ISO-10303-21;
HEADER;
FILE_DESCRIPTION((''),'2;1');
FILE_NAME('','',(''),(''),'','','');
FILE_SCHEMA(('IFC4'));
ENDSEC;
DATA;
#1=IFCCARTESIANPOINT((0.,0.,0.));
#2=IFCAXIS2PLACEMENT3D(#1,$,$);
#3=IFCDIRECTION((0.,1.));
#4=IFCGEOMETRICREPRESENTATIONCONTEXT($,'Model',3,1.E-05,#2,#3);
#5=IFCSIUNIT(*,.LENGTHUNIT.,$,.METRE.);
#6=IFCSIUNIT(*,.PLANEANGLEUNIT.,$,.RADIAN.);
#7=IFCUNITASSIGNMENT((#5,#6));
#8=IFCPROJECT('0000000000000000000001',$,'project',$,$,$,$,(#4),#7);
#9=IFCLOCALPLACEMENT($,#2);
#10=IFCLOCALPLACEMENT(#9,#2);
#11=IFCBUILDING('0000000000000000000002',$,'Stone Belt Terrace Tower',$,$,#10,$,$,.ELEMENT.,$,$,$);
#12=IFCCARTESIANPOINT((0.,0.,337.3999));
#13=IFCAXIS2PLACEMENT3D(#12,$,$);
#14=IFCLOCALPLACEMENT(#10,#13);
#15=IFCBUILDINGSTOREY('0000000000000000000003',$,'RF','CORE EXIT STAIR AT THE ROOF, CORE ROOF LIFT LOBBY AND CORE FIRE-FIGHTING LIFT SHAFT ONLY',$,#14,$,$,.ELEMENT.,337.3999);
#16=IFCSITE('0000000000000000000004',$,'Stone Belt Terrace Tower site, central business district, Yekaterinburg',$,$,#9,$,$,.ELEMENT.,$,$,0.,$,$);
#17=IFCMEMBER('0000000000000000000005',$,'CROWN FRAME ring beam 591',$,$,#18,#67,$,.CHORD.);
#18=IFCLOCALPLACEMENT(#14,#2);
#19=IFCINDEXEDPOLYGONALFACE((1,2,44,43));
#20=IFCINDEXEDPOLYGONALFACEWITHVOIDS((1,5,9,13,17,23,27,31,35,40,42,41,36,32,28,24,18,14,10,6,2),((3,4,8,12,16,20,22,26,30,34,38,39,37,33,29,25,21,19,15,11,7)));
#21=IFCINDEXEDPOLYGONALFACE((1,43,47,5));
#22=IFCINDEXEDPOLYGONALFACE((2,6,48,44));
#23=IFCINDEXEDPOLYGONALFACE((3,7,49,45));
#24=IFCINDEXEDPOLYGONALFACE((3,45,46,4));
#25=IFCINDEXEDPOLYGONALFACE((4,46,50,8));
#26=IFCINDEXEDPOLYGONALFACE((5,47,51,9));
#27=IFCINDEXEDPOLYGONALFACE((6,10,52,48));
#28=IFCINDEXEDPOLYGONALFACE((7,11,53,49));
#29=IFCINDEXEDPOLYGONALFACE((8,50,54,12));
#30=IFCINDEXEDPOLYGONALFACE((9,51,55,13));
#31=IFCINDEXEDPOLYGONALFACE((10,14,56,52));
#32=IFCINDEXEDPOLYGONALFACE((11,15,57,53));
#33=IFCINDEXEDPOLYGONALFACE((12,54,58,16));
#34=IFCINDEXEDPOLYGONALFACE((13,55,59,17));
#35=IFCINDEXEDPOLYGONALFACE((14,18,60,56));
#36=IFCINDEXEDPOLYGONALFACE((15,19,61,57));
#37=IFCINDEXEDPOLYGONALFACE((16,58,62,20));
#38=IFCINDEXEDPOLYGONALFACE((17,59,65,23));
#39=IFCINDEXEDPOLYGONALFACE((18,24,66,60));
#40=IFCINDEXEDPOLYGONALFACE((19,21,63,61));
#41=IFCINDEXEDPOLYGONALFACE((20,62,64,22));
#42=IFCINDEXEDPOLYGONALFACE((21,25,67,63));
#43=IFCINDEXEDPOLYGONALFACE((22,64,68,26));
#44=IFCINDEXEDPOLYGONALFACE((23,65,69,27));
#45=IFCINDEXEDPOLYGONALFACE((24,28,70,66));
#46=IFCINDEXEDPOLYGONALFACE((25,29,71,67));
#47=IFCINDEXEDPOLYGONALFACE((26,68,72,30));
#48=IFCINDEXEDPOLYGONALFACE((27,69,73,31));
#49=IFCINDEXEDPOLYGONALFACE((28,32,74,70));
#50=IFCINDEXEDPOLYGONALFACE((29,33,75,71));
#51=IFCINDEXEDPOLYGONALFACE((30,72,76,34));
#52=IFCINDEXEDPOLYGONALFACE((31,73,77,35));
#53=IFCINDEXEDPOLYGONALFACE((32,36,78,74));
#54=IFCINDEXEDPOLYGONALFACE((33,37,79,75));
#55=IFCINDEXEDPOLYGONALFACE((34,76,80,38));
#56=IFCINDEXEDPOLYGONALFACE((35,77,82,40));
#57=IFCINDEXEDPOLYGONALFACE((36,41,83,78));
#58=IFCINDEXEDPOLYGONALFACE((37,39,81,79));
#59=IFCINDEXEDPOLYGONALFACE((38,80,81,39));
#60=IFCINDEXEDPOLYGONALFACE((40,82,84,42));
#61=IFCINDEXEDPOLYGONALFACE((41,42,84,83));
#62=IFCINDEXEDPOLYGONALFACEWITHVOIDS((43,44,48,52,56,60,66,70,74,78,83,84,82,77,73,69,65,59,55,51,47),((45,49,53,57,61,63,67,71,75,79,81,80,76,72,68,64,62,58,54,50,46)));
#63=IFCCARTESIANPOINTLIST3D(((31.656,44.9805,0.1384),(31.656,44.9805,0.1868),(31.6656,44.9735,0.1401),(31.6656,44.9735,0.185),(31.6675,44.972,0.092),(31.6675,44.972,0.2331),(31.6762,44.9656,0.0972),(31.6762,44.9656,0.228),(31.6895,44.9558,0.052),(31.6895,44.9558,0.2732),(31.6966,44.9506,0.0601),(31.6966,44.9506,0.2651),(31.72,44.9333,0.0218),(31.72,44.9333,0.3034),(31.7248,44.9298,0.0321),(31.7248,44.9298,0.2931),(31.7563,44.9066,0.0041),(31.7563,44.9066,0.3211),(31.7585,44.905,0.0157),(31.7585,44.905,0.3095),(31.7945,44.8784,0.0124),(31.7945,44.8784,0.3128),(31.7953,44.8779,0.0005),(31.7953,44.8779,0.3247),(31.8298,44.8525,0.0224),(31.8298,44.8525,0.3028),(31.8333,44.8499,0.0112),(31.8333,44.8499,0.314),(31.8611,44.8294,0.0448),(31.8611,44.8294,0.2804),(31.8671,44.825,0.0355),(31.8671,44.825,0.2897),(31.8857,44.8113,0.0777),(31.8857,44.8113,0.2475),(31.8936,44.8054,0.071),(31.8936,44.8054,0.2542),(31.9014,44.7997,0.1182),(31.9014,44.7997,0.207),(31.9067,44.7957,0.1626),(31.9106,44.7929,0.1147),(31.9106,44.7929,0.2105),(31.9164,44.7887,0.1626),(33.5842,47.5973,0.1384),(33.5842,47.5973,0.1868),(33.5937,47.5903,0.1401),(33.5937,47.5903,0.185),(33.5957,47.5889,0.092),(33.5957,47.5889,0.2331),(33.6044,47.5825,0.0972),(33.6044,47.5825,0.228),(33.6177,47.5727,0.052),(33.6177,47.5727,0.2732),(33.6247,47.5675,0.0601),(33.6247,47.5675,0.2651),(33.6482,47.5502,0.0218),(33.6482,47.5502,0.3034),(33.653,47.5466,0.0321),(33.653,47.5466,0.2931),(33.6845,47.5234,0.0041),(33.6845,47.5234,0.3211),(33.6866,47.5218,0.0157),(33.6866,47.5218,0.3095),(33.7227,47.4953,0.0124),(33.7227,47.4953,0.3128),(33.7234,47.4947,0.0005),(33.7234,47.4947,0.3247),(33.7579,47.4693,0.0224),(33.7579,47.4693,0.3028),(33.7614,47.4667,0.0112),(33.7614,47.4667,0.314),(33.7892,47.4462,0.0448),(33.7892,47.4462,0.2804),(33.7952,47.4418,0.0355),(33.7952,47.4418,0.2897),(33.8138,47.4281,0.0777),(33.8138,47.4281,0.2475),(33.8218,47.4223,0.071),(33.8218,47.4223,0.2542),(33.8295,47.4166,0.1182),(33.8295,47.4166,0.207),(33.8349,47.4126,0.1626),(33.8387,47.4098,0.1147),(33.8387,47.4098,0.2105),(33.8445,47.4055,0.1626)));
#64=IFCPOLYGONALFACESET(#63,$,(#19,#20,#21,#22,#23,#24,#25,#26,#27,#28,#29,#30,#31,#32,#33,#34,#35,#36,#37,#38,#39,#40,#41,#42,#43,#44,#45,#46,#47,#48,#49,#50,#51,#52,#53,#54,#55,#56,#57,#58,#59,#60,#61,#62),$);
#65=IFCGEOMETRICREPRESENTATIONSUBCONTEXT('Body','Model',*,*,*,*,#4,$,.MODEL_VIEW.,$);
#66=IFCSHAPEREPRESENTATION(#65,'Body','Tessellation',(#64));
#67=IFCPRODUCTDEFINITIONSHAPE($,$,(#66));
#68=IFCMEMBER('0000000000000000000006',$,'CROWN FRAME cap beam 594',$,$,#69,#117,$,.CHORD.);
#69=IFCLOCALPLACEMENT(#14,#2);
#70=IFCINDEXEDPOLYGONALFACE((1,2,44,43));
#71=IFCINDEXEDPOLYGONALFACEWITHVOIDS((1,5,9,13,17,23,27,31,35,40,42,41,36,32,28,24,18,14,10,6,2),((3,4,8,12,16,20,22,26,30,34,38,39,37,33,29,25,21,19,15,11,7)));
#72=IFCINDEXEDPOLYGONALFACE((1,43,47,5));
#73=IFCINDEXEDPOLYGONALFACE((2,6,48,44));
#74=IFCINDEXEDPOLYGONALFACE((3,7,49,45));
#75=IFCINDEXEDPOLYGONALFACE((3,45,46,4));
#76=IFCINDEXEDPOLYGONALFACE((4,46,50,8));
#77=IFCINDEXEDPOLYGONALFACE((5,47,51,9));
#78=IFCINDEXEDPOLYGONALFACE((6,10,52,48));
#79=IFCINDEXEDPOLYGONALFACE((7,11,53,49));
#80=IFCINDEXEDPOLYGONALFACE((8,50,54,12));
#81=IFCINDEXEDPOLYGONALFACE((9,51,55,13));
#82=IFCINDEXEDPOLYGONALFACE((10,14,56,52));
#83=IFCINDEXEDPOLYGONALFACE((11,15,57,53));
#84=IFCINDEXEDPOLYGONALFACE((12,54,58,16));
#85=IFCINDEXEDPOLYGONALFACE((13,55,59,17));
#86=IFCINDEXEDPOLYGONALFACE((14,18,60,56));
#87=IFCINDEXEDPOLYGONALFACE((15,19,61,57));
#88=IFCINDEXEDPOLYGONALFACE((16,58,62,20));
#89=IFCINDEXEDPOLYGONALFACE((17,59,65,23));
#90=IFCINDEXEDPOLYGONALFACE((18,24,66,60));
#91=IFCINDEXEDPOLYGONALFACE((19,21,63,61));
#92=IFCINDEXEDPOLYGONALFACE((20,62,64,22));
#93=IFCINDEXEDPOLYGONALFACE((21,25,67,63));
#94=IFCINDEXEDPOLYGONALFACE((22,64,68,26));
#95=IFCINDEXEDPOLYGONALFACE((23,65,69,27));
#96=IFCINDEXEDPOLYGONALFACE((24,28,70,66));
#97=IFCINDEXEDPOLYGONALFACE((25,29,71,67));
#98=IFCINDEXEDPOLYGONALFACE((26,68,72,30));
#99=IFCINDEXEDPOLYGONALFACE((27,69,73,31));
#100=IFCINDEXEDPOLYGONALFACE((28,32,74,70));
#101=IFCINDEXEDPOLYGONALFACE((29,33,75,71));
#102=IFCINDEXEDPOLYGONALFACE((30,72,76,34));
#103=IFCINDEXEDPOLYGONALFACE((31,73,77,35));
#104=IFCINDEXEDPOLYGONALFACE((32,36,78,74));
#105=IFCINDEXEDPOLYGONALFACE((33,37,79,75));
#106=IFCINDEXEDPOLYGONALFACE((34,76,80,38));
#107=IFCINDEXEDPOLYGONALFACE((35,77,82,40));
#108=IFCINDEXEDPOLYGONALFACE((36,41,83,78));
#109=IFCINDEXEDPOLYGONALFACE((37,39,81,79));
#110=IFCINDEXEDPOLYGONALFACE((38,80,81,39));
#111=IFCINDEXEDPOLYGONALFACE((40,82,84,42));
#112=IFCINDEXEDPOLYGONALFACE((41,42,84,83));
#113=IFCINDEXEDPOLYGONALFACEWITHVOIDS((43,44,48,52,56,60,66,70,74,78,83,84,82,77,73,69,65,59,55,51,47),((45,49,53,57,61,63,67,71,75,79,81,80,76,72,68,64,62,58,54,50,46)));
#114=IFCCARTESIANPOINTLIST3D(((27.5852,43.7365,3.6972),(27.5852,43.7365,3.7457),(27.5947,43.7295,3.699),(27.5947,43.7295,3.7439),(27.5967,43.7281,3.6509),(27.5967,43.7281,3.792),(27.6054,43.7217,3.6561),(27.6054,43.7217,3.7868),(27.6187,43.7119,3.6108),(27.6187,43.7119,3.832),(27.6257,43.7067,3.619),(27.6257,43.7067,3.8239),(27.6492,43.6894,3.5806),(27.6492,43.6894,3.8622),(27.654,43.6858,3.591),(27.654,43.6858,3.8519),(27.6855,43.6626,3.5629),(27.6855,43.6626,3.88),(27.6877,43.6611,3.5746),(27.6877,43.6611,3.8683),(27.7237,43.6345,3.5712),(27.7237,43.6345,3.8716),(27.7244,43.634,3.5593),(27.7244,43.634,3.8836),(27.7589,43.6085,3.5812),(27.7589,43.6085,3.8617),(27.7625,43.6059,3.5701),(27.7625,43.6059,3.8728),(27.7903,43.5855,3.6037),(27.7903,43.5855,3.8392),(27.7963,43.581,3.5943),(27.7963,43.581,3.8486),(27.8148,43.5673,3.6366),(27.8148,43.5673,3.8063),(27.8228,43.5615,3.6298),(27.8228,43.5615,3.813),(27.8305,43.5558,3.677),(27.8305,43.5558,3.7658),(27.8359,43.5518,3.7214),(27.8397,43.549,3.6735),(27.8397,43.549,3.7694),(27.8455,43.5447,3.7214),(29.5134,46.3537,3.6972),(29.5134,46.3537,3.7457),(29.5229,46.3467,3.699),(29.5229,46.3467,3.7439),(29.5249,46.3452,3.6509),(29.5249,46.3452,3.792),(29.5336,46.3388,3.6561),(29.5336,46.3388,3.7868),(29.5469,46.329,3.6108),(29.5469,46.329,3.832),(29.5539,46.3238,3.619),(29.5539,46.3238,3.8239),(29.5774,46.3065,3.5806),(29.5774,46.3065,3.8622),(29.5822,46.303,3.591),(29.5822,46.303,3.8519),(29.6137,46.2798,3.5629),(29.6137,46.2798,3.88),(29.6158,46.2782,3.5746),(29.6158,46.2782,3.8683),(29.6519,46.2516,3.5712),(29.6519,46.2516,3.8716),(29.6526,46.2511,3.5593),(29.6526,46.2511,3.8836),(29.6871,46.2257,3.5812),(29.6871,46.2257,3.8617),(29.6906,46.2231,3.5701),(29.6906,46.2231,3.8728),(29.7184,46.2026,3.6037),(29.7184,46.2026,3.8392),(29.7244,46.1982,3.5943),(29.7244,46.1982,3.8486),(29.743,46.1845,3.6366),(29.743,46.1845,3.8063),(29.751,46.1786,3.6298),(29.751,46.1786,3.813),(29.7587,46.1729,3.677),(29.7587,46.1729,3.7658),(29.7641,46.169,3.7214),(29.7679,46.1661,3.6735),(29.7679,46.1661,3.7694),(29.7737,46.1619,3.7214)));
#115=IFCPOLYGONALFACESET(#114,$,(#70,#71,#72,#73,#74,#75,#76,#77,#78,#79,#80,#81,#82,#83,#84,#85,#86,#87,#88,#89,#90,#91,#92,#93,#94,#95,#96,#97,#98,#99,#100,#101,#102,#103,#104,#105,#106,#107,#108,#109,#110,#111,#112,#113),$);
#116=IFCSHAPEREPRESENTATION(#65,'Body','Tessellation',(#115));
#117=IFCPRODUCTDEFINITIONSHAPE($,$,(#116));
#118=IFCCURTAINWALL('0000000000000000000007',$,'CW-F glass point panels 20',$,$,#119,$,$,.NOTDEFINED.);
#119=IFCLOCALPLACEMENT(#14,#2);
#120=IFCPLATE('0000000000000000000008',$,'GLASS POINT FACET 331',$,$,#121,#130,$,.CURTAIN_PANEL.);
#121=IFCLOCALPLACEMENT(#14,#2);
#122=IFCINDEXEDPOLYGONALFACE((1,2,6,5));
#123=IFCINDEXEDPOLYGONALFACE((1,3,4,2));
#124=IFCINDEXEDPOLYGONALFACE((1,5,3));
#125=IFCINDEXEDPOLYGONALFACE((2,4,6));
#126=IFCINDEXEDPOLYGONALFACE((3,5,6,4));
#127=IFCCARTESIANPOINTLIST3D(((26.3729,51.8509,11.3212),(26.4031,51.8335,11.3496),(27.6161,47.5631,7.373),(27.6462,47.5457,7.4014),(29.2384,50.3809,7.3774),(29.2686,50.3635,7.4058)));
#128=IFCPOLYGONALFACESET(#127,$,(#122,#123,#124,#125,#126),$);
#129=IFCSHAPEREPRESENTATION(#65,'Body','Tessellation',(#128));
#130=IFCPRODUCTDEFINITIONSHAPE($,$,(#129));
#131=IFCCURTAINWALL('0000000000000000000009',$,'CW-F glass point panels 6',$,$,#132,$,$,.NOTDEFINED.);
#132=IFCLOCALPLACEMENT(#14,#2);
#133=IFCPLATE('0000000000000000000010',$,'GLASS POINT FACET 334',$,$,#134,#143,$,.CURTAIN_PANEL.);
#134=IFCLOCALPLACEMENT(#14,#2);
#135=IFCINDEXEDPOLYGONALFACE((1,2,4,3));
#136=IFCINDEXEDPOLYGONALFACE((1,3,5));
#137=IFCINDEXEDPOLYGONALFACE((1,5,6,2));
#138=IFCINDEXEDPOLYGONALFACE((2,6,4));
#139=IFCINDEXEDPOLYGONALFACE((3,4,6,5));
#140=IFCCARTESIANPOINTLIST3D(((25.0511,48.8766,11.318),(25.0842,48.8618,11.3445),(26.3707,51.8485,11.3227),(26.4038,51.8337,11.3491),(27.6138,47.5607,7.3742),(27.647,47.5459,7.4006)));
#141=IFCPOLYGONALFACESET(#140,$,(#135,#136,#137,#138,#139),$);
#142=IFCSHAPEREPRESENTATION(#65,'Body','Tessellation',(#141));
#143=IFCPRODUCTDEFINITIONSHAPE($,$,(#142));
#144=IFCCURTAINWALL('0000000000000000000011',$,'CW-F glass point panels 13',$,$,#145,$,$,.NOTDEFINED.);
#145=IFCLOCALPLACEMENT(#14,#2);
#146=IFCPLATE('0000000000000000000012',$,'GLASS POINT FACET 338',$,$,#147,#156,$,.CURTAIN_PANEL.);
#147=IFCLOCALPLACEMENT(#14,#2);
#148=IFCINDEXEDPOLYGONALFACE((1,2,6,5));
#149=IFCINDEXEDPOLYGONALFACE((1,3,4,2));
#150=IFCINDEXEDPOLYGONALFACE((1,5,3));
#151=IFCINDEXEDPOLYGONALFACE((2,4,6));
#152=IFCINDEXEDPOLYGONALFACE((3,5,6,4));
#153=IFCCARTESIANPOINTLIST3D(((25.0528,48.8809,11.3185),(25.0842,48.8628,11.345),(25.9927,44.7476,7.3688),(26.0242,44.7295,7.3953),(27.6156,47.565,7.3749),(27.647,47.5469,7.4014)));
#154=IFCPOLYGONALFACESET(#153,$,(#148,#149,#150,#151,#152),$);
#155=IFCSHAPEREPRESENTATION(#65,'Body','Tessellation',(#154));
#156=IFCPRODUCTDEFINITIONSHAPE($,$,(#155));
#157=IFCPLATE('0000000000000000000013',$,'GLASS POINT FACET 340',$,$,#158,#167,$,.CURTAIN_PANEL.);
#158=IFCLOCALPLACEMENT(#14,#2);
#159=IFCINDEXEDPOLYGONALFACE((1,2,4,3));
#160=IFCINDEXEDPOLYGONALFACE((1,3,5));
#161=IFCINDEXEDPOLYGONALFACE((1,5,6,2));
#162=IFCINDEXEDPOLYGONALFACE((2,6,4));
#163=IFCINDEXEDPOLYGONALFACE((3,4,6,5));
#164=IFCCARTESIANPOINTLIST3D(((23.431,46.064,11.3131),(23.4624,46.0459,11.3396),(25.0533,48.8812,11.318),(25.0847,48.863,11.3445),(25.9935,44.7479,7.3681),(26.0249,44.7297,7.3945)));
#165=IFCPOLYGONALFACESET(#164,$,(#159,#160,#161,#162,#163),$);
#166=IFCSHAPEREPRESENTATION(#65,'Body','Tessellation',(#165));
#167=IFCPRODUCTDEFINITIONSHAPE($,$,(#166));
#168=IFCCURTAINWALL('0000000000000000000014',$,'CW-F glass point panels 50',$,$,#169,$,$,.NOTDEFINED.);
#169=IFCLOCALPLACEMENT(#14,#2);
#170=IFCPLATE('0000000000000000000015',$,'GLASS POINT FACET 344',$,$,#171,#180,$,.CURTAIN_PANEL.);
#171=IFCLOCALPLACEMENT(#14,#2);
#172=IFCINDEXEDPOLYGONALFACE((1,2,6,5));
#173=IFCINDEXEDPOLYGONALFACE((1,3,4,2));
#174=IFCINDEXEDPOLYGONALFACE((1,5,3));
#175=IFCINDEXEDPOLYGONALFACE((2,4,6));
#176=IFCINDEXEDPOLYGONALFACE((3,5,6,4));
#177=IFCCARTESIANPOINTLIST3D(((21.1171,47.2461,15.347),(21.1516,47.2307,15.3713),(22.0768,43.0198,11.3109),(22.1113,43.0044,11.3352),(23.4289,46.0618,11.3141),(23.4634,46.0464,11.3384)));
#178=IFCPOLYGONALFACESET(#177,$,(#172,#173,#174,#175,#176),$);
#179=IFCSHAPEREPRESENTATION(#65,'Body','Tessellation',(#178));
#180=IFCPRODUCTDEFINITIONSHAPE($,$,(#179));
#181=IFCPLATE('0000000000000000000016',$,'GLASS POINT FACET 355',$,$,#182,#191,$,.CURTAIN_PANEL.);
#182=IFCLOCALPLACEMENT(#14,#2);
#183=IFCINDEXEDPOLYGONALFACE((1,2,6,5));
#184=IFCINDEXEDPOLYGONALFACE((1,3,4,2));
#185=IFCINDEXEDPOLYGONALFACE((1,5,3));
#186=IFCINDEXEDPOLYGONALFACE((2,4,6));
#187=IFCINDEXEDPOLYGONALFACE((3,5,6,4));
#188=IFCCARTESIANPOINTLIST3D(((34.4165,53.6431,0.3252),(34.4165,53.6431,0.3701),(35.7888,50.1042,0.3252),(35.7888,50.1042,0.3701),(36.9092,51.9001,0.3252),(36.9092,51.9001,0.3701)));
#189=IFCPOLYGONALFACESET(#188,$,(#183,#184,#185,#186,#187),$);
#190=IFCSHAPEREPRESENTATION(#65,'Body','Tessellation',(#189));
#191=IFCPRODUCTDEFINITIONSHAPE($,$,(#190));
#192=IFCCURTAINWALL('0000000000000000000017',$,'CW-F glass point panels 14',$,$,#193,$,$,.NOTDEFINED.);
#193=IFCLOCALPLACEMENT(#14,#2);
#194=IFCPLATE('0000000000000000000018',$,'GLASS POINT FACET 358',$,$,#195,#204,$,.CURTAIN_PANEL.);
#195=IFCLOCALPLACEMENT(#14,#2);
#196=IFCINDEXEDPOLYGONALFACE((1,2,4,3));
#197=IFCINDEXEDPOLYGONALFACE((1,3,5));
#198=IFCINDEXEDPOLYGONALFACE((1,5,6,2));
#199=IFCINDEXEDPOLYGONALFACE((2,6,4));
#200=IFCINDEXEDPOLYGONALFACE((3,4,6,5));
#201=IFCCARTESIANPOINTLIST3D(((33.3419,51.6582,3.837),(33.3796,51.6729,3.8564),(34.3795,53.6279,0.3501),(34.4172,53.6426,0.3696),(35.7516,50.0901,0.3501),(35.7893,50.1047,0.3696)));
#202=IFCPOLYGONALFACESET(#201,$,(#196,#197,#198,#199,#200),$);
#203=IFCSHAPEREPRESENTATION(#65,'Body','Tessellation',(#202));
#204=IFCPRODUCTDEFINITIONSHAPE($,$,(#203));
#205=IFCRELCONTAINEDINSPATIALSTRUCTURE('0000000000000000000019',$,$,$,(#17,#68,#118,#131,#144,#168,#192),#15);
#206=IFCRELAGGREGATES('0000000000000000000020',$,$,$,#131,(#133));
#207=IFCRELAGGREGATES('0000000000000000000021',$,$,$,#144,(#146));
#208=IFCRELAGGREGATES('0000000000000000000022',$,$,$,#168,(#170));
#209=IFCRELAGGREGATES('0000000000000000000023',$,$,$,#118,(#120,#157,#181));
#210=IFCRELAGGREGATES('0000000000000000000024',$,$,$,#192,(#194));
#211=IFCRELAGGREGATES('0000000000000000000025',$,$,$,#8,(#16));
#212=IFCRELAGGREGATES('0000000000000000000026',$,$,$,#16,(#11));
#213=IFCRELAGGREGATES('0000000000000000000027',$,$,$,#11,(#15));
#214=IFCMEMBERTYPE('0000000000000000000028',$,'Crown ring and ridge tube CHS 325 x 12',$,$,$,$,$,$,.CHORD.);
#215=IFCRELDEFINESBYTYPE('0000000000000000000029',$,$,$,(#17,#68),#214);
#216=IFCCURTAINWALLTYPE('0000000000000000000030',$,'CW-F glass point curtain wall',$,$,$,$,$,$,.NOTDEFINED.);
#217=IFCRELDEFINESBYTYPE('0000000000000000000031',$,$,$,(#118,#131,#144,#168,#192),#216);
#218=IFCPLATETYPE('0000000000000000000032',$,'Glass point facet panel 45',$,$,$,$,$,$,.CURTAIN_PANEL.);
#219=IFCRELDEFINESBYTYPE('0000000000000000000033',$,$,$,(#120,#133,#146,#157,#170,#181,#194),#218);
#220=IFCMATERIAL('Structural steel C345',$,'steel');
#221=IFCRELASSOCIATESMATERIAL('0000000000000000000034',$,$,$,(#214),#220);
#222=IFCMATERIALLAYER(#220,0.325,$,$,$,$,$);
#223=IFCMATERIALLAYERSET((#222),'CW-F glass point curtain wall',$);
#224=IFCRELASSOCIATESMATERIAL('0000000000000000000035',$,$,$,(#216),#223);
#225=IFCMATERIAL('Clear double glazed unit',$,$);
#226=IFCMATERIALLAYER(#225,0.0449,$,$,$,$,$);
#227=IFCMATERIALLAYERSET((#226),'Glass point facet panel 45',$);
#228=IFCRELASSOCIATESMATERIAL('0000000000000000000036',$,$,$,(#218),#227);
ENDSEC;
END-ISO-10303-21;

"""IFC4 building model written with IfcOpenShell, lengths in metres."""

from ifc_helpers import new_model, si_unit, direction, frame, origin, origin_2d, place, context, subcontext, project, spatial, polyline, hollow_circle, outline, extrude, material, layer, layer_set, material_profile, profile_set, type_object, element, aggregate, save


model = new_model("IFC4")

# Units and contexts
model_context = context("Model", 3, precision=1e-05, world=origin(), true_north=direction((0.0, 1.0)))
body_context = subcontext(model_context, "Body", "Model", "MODEL_VIEW")
ifc_project = project(units=[si_unit("LENGTHUNIT", "METRE"), si_unit("PLANEANGLEUNIT", "RADIAN")], contexts=[model_context])

# Site, building, storey
site_placement = place(None, origin())
site = spatial("IfcSite", under=ifc_project, at=site_placement, Name="Stone Belt Terrace Tower site, central business district, Yekaterinburg", CompositionType="ELEMENT", RefElevation=0.0)
building_placement = place(site_placement, origin())
building = spatial("IfcBuilding", under=site, at=building_placement, Name="Stone Belt Terrace Tower", CompositionType="ELEMENT")
storey_placement = place(building_placement, frame((0.0, 0.0, 337.3999)))
storey = spatial("IfcBuildingStorey", under=building, at=storey_placement, Name="RF", Description="CORE EXIT STAIR AT THE ROOF, CORE ROOF LIFT LOBBY AND CORE FIRE-FIGHTING LIFT SHAFT ONLY", CompositionType="ELEMENT", Elevation=337.3999)

# Members
ifc_material_1 = material(Name="Structural steel C345", Category="steel")
ifc_material_profile_1 = material_profile(ifc_material_1, hollow_circle(Radius=0.1626, WallThickness=0.012, at=origin_2d()), Name="Structural steel C345 CHS 325x12")
ifc_profile_set_1 = profile_set([ifc_material_profile_1], Name="Structural steel C345")
member_type_1 = type_object("IfcMemberType", Name="Crown ring and ridge tube CHS 325 x 12", PredefinedType="CHORD", material=ifc_profile_set_1)
member_1_placement = place(storey_placement, frame((33.7136, 47.502, 0.1626), z_axis=(-0.593189, -0.805063, 0.0), x_axis=(0.805063, -0.593189, 0.0)))
element("IfcMember", 1, at=member_1_placement, inside=storey, type_object=member_type_1, Name="CROWN FRAME ring beam 591", PredefinedType="CHORD", context=body_context, shape_type="SweptSolid", body=[
    extrude(hollow_circle(Radius=0.1626, WallThickness=0.012, at=origin_2d()), origin(), (0.0, 0.0, 1.0), 3.2505),
])
member_2_placement = place(storey_placement, frame((29.6428, 46.2583, 3.7214), z_axis=(-0.593153, -0.80509, 0.0), x_axis=(0.80509, -0.593153, 0.0)))
element("IfcMember", 2, at=member_2_placement, inside=storey, type_object=member_type_1, Name="CROWN FRAME cap beam 594", PredefinedType="CHORD", context=body_context, shape_type="SweptSolid", body=[
    extrude(hollow_circle(Radius=0.1626, WallThickness=0.012, at=origin_2d()), origin(), (0.0, 0.0, 1.0), 3.2507),
])

# Curtain walls, plates
ifc_layer_1 = layer(ifc_material_1, 0.325)
ifc_layer_set_1 = layer_set([ifc_layer_1], Name="CW-F glass point curtain wall")
curtain_wall_type = type_object("IfcCurtainWallType", Name="CW-F glass point curtain wall", PredefinedType="NOTDEFINED", material=ifc_layer_set_1)
curtain_wall_1_placement = place(storey_placement, origin())
curtain_wall_1 = element("IfcCurtainWall", 3, at=curtain_wall_1_placement, inside=storey, type_object=curtain_wall_type, Name="CW-F glass point panels 20", PredefinedType="NOTDEFINED")
ifc_material_2 = material(Name="Clear double glazed unit")
ifc_layer_2 = layer(ifc_material_2, 0.0449)
ifc_layer_set_2 = layer_set([ifc_layer_2], Name="Glass point facet panel 45")
plate_type = type_object("IfcPlateType", Name="Glass point facet panel 45", PredefinedType="CURTAIN_PANEL", material=ifc_layer_set_2)
plate_1_placement = place(storey_placement, frame((27.6462, 47.5457, 7.4014), z_axis=(0.671163, -0.38739, 0.632036), x_axis=(-0.20859, 0.719456, 0.662475)))
plate_1 = element("IfcPlate", 4, at=plate_1_placement, type_object=plate_type, Name="GLASS POINT FACET 331", PredefinedType="CURTAIN_PANEL", context=body_context, shape_type="SweptSolid", body=[
    extrude(outline(polyline([(0.0, 0.0), (5.9598, 0.0), (1.6918, -2.7767), (0.0, 0.0)])), origin(), (0.0, 0.0, -1.0), 0.0449),
])
curtain_wall_2_placement = place(storey_placement, origin())
curtain_wall_2 = element("IfcCurtainWall", 5, at=curtain_wall_2_placement, inside=storey, type_object=curtain_wall_type, Name="CW-F glass point panels 6", PredefinedType="NOTDEFINED")
plate_2_placement = place(storey_placement, frame((27.647, 47.5459, 7.4006), z_axis=(0.73808, -0.328639, 0.589265), x_axis=(-0.524725, 0.269436, 0.807507)))
plate_2 = element("IfcPlate", 6, at=plate_2_placement, type_object=plate_type, Name="GLASS POINT FACET 334", PredefinedType="CURTAIN_PANEL", context=body_context, shape_type="SweptSolid", body=[
    extrude(outline(polyline([(0.0, 0.0), (4.884, 0.0), (4.996, -3.2498), (0.0, 0.0)])), origin(), (0.0, 0.0, -1.0), 0.0449),
])
aggregate(curtain_wall_2, [plate_2])
curtain_wall_3_placement = place(storey_placement, origin())
curtain_wall_3 = element("IfcCurtainWall", 7, at=curtain_wall_3_placement, inside=storey, type_object=curtain_wall_type, Name="CW-F glass point panels 13", PredefinedType="NOTDEFINED")
plate_3_placement = place(storey_placement, frame((27.647, 47.5469, 7.4014), z_axis=(0.699463, -0.404165, 0.589408), x_axis=(-0.499119, -0.866531, -0.001877)))
plate_3 = element("IfcPlate", 8, at=plate_3_placement, type_object=plate_type, Name="GLASS POINT FACET 338", PredefinedType="CURTAIN_PANEL", context=body_context, shape_type="SweptSolid", body=[
    extrude(outline(polyline([(0.0, 0.0), (3.2513, 0.0), (0.1314, -4.882), (0.0, 0.0)])), origin(), (0.0, 0.0, -1.0), 0.0449),
])
aggregate(curtain_wall_3, [plate_3])

# Plate
plate_4_placement = place(storey_placement, frame((25.0847, 48.863, 11.3445), z_axis=(0.699705, -0.403962, 0.58926), x_axis=(0.162269, -0.713378, -0.681733)))
plate_4 = element("IfcPlate", 9, at=plate_4_placement, type_object=plate_type, Name="GLASS POINT FACET 340", PredefinedType="CURTAIN_PANEL", context=body_context, shape_type="SweptSolid", body=[
    extrude(outline(polyline([(0.0, 0.0), (5.794, 0.0), (1.7498, -2.7398), (0.0, 0.0)])), origin(), (0.0, 0.0, -1.0), 0.0449),
])

# Curtain wall, plate
curtain_wall_4_placement = place(storey_placement, origin())
curtain_wall_4 = element("IfcCurtainWall", 10, at=curtain_wall_4_placement, inside=storey, type_object=curtain_wall_type, Name="CW-F glass point panels 50", PredefinedType="NOTDEFINED")
plate_5_placement = place(storey_placement, frame((23.4634, 46.0464, 11.3384), z_axis=(0.768378, -0.342079, 0.540904), x_axis=(-0.406152, -0.913805, -0.000953)))
plate_5 = element("IfcPlate", 11, at=plate_5_placement, type_object=plate_type, Name="GLASS POINT FACET 344", PredefinedType="CURTAIN_PANEL", context=body_context, shape_type="SweptSolid", body=[
    extrude(outline(polyline([(0.0, 0.0), (3.3289, 0.0), (-0.1472, -4.7948), (0.0, 0.0)])), origin(), (0.0, 0.0, -1.0), 0.0449),
])
aggregate(curtain_wall_4, [plate_5])

# Plate
plate_6_placement = place(storey_placement, frame((35.7888, 50.1042, 0.3701), z_axis=(0.0, 0.0, 1.0), x_axis=(-0.361555, 0.932351, 0.0)))
plate_6 = element("IfcPlate", 12, at=plate_6_placement, type_object=plate_type, Name="GLASS POINT FACET 355", PredefinedType="CURTAIN_PANEL", context=body_context, shape_type="SweptSolid", body=[
    extrude(outline(polyline([(0.0, 0.0), (3.7956, 0.0), (1.2693, -1.6939), (0.0, 0.0)])), origin(), (0.0, 0.0, -1.0), 0.0449),
])
aggregate(curtain_wall_1, [plate_1, plate_4, plate_6])

# Curtain wall, plate
curtain_wall_5_placement = place(storey_placement, origin())
curtain_wall_5 = element("IfcCurtainWall", 13, at=curtain_wall_5_placement, inside=storey, type_object=curtain_wall_type, Name="CW-F glass point panels 14", PredefinedType="NOTDEFINED")
plate_7_placement = place(storey_placement, frame((35.7893, 50.1047, 0.3696), z_axis=(0.839965, 0.325761, 0.433979), x_axis=(-0.533204, 0.346988, 0.771552)))
plate_7 = element("IfcPlate", 14, at=plate_7_placement, type_object=plate_type, Name="GLASS POINT FACET 358", PredefinedType="CURTAIN_PANEL", context=body_context, shape_type="SweptSolid", body=[
    extrude(outline(polyline([(0.0, 0.0), (4.5192, 0.0), (1.9592, -3.2497), (0.0, 0.0)])), origin(), (0.0, 0.0, -1.0), 0.0449),
])

aggregate(curtain_wall_5, [plate_7])

save(model, "model.ifc")
